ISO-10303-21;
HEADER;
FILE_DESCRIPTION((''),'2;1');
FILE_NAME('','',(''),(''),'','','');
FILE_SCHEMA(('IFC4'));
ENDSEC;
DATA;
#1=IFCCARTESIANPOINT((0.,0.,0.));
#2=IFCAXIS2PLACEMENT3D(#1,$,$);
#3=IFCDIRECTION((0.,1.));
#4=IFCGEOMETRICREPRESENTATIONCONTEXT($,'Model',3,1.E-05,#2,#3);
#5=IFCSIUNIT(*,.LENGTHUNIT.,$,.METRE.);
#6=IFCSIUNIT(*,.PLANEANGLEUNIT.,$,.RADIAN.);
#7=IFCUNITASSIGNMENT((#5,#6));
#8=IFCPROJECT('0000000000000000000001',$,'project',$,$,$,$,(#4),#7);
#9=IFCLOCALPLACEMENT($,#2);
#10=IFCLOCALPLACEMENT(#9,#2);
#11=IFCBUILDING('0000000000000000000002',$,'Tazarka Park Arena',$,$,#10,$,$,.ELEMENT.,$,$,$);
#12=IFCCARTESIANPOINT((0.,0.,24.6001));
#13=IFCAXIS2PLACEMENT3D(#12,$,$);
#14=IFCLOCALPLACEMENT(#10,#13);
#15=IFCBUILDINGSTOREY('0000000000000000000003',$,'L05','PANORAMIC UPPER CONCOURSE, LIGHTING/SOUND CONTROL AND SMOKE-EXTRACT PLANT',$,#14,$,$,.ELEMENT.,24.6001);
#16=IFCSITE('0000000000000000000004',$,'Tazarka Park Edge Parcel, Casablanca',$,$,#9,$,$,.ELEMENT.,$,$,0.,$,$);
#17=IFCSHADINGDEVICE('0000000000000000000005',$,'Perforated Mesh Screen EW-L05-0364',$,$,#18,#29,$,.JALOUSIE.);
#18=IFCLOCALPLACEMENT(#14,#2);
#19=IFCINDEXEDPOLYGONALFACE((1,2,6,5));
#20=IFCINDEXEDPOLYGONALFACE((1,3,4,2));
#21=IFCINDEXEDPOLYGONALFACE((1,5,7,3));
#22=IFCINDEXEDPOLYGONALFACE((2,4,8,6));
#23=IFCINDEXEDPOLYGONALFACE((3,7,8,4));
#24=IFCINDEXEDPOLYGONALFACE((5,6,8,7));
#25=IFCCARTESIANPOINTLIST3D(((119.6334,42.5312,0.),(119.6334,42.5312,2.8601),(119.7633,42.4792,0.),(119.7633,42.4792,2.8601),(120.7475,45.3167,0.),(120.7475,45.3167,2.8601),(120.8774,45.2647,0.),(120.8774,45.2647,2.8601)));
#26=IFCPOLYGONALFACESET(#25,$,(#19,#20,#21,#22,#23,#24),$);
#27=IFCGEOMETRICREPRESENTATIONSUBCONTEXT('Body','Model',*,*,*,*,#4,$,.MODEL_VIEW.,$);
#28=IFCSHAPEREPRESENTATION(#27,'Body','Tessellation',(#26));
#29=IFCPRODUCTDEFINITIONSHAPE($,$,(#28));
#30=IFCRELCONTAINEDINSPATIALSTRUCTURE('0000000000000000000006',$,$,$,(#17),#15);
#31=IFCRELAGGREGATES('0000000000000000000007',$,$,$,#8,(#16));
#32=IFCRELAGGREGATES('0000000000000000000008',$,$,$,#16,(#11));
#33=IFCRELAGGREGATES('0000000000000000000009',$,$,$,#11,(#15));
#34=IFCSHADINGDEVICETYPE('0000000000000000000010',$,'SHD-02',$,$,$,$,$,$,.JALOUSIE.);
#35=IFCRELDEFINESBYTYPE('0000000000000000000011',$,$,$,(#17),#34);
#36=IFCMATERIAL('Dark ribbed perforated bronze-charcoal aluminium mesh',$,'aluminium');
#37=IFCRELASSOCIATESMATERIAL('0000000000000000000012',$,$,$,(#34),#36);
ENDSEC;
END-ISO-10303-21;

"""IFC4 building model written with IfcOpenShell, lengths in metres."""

from ifc_helpers import new_model, si_unit, direction, frame, origin, origin_2d, place, context, subcontext, project, spatial, rectangle, extrude, material, type_object, element, save


model = new_model("IFC4")

# Units and contexts
model_context = context("Model", 3, precision=1e-05, world=origin(), true_north=direction((0.0, 1.0)))
body_context = subcontext(model_context, "Body", "Model", "MODEL_VIEW")
ifc_project = project(units=[si_unit("LENGTHUNIT", "METRE"), si_unit("PLANEANGLEUNIT", "RADIAN")], contexts=[model_context])

# Site, building, storey
site_placement = place(None, origin())
site = spatial("IfcSite", under=ifc_project, at=site_placement, Name="Tazarka Park Edge Parcel, Casablanca", CompositionType="ELEMENT", RefElevation=0.0)
building_placement = place(site_placement, origin())
building = spatial("IfcBuilding", under=site, at=building_placement, Name="Tazarka Park Arena", CompositionType="ELEMENT")
storey_placement = place(building_placement, frame((0.0, 0.0, 24.6001)))
storey = spatial("IfcBuildingStorey", under=building, at=storey_placement, Name="L05", Description="PANORAMIC UPPER CONCOURSE, LIGHTING/SOUND CONTROL AND SMOKE-EXTRACT PLANT", CompositionType="ELEMENT", Elevation=24.6001)

# Shading device
ifc_material_1 = material(Name="Dark ribbed perforated bronze-charcoal aluminium mesh", Category="aluminium")
shading_device_type = type_object("IfcShadingDeviceType", Name="SHD-02", PredefinedType="JALOUSIE", material=ifc_material_1)
shading_device_placement = place(storey_placement, frame((120.2554, 43.8979, 0.0), z_axis=(0.0, 0.0, 1.0), x_axis=(-0.371368, -0.928486, 0.0)))
element("IfcShadingDevice", 1, at=shading_device_placement, inside=storey, type_object=shading_device_type, Name="Perforated Mesh Screen EW-L05-0364", PredefinedType="JALOUSIE", context=body_context, shape_type="SweptSolid", body=[
    extrude(rectangle(XDim=3.0, YDim=0.1399, at=origin_2d()), origin(), (0.0, 0.0, 1.0), 2.8601),
])

save(model, "model.ifc")
